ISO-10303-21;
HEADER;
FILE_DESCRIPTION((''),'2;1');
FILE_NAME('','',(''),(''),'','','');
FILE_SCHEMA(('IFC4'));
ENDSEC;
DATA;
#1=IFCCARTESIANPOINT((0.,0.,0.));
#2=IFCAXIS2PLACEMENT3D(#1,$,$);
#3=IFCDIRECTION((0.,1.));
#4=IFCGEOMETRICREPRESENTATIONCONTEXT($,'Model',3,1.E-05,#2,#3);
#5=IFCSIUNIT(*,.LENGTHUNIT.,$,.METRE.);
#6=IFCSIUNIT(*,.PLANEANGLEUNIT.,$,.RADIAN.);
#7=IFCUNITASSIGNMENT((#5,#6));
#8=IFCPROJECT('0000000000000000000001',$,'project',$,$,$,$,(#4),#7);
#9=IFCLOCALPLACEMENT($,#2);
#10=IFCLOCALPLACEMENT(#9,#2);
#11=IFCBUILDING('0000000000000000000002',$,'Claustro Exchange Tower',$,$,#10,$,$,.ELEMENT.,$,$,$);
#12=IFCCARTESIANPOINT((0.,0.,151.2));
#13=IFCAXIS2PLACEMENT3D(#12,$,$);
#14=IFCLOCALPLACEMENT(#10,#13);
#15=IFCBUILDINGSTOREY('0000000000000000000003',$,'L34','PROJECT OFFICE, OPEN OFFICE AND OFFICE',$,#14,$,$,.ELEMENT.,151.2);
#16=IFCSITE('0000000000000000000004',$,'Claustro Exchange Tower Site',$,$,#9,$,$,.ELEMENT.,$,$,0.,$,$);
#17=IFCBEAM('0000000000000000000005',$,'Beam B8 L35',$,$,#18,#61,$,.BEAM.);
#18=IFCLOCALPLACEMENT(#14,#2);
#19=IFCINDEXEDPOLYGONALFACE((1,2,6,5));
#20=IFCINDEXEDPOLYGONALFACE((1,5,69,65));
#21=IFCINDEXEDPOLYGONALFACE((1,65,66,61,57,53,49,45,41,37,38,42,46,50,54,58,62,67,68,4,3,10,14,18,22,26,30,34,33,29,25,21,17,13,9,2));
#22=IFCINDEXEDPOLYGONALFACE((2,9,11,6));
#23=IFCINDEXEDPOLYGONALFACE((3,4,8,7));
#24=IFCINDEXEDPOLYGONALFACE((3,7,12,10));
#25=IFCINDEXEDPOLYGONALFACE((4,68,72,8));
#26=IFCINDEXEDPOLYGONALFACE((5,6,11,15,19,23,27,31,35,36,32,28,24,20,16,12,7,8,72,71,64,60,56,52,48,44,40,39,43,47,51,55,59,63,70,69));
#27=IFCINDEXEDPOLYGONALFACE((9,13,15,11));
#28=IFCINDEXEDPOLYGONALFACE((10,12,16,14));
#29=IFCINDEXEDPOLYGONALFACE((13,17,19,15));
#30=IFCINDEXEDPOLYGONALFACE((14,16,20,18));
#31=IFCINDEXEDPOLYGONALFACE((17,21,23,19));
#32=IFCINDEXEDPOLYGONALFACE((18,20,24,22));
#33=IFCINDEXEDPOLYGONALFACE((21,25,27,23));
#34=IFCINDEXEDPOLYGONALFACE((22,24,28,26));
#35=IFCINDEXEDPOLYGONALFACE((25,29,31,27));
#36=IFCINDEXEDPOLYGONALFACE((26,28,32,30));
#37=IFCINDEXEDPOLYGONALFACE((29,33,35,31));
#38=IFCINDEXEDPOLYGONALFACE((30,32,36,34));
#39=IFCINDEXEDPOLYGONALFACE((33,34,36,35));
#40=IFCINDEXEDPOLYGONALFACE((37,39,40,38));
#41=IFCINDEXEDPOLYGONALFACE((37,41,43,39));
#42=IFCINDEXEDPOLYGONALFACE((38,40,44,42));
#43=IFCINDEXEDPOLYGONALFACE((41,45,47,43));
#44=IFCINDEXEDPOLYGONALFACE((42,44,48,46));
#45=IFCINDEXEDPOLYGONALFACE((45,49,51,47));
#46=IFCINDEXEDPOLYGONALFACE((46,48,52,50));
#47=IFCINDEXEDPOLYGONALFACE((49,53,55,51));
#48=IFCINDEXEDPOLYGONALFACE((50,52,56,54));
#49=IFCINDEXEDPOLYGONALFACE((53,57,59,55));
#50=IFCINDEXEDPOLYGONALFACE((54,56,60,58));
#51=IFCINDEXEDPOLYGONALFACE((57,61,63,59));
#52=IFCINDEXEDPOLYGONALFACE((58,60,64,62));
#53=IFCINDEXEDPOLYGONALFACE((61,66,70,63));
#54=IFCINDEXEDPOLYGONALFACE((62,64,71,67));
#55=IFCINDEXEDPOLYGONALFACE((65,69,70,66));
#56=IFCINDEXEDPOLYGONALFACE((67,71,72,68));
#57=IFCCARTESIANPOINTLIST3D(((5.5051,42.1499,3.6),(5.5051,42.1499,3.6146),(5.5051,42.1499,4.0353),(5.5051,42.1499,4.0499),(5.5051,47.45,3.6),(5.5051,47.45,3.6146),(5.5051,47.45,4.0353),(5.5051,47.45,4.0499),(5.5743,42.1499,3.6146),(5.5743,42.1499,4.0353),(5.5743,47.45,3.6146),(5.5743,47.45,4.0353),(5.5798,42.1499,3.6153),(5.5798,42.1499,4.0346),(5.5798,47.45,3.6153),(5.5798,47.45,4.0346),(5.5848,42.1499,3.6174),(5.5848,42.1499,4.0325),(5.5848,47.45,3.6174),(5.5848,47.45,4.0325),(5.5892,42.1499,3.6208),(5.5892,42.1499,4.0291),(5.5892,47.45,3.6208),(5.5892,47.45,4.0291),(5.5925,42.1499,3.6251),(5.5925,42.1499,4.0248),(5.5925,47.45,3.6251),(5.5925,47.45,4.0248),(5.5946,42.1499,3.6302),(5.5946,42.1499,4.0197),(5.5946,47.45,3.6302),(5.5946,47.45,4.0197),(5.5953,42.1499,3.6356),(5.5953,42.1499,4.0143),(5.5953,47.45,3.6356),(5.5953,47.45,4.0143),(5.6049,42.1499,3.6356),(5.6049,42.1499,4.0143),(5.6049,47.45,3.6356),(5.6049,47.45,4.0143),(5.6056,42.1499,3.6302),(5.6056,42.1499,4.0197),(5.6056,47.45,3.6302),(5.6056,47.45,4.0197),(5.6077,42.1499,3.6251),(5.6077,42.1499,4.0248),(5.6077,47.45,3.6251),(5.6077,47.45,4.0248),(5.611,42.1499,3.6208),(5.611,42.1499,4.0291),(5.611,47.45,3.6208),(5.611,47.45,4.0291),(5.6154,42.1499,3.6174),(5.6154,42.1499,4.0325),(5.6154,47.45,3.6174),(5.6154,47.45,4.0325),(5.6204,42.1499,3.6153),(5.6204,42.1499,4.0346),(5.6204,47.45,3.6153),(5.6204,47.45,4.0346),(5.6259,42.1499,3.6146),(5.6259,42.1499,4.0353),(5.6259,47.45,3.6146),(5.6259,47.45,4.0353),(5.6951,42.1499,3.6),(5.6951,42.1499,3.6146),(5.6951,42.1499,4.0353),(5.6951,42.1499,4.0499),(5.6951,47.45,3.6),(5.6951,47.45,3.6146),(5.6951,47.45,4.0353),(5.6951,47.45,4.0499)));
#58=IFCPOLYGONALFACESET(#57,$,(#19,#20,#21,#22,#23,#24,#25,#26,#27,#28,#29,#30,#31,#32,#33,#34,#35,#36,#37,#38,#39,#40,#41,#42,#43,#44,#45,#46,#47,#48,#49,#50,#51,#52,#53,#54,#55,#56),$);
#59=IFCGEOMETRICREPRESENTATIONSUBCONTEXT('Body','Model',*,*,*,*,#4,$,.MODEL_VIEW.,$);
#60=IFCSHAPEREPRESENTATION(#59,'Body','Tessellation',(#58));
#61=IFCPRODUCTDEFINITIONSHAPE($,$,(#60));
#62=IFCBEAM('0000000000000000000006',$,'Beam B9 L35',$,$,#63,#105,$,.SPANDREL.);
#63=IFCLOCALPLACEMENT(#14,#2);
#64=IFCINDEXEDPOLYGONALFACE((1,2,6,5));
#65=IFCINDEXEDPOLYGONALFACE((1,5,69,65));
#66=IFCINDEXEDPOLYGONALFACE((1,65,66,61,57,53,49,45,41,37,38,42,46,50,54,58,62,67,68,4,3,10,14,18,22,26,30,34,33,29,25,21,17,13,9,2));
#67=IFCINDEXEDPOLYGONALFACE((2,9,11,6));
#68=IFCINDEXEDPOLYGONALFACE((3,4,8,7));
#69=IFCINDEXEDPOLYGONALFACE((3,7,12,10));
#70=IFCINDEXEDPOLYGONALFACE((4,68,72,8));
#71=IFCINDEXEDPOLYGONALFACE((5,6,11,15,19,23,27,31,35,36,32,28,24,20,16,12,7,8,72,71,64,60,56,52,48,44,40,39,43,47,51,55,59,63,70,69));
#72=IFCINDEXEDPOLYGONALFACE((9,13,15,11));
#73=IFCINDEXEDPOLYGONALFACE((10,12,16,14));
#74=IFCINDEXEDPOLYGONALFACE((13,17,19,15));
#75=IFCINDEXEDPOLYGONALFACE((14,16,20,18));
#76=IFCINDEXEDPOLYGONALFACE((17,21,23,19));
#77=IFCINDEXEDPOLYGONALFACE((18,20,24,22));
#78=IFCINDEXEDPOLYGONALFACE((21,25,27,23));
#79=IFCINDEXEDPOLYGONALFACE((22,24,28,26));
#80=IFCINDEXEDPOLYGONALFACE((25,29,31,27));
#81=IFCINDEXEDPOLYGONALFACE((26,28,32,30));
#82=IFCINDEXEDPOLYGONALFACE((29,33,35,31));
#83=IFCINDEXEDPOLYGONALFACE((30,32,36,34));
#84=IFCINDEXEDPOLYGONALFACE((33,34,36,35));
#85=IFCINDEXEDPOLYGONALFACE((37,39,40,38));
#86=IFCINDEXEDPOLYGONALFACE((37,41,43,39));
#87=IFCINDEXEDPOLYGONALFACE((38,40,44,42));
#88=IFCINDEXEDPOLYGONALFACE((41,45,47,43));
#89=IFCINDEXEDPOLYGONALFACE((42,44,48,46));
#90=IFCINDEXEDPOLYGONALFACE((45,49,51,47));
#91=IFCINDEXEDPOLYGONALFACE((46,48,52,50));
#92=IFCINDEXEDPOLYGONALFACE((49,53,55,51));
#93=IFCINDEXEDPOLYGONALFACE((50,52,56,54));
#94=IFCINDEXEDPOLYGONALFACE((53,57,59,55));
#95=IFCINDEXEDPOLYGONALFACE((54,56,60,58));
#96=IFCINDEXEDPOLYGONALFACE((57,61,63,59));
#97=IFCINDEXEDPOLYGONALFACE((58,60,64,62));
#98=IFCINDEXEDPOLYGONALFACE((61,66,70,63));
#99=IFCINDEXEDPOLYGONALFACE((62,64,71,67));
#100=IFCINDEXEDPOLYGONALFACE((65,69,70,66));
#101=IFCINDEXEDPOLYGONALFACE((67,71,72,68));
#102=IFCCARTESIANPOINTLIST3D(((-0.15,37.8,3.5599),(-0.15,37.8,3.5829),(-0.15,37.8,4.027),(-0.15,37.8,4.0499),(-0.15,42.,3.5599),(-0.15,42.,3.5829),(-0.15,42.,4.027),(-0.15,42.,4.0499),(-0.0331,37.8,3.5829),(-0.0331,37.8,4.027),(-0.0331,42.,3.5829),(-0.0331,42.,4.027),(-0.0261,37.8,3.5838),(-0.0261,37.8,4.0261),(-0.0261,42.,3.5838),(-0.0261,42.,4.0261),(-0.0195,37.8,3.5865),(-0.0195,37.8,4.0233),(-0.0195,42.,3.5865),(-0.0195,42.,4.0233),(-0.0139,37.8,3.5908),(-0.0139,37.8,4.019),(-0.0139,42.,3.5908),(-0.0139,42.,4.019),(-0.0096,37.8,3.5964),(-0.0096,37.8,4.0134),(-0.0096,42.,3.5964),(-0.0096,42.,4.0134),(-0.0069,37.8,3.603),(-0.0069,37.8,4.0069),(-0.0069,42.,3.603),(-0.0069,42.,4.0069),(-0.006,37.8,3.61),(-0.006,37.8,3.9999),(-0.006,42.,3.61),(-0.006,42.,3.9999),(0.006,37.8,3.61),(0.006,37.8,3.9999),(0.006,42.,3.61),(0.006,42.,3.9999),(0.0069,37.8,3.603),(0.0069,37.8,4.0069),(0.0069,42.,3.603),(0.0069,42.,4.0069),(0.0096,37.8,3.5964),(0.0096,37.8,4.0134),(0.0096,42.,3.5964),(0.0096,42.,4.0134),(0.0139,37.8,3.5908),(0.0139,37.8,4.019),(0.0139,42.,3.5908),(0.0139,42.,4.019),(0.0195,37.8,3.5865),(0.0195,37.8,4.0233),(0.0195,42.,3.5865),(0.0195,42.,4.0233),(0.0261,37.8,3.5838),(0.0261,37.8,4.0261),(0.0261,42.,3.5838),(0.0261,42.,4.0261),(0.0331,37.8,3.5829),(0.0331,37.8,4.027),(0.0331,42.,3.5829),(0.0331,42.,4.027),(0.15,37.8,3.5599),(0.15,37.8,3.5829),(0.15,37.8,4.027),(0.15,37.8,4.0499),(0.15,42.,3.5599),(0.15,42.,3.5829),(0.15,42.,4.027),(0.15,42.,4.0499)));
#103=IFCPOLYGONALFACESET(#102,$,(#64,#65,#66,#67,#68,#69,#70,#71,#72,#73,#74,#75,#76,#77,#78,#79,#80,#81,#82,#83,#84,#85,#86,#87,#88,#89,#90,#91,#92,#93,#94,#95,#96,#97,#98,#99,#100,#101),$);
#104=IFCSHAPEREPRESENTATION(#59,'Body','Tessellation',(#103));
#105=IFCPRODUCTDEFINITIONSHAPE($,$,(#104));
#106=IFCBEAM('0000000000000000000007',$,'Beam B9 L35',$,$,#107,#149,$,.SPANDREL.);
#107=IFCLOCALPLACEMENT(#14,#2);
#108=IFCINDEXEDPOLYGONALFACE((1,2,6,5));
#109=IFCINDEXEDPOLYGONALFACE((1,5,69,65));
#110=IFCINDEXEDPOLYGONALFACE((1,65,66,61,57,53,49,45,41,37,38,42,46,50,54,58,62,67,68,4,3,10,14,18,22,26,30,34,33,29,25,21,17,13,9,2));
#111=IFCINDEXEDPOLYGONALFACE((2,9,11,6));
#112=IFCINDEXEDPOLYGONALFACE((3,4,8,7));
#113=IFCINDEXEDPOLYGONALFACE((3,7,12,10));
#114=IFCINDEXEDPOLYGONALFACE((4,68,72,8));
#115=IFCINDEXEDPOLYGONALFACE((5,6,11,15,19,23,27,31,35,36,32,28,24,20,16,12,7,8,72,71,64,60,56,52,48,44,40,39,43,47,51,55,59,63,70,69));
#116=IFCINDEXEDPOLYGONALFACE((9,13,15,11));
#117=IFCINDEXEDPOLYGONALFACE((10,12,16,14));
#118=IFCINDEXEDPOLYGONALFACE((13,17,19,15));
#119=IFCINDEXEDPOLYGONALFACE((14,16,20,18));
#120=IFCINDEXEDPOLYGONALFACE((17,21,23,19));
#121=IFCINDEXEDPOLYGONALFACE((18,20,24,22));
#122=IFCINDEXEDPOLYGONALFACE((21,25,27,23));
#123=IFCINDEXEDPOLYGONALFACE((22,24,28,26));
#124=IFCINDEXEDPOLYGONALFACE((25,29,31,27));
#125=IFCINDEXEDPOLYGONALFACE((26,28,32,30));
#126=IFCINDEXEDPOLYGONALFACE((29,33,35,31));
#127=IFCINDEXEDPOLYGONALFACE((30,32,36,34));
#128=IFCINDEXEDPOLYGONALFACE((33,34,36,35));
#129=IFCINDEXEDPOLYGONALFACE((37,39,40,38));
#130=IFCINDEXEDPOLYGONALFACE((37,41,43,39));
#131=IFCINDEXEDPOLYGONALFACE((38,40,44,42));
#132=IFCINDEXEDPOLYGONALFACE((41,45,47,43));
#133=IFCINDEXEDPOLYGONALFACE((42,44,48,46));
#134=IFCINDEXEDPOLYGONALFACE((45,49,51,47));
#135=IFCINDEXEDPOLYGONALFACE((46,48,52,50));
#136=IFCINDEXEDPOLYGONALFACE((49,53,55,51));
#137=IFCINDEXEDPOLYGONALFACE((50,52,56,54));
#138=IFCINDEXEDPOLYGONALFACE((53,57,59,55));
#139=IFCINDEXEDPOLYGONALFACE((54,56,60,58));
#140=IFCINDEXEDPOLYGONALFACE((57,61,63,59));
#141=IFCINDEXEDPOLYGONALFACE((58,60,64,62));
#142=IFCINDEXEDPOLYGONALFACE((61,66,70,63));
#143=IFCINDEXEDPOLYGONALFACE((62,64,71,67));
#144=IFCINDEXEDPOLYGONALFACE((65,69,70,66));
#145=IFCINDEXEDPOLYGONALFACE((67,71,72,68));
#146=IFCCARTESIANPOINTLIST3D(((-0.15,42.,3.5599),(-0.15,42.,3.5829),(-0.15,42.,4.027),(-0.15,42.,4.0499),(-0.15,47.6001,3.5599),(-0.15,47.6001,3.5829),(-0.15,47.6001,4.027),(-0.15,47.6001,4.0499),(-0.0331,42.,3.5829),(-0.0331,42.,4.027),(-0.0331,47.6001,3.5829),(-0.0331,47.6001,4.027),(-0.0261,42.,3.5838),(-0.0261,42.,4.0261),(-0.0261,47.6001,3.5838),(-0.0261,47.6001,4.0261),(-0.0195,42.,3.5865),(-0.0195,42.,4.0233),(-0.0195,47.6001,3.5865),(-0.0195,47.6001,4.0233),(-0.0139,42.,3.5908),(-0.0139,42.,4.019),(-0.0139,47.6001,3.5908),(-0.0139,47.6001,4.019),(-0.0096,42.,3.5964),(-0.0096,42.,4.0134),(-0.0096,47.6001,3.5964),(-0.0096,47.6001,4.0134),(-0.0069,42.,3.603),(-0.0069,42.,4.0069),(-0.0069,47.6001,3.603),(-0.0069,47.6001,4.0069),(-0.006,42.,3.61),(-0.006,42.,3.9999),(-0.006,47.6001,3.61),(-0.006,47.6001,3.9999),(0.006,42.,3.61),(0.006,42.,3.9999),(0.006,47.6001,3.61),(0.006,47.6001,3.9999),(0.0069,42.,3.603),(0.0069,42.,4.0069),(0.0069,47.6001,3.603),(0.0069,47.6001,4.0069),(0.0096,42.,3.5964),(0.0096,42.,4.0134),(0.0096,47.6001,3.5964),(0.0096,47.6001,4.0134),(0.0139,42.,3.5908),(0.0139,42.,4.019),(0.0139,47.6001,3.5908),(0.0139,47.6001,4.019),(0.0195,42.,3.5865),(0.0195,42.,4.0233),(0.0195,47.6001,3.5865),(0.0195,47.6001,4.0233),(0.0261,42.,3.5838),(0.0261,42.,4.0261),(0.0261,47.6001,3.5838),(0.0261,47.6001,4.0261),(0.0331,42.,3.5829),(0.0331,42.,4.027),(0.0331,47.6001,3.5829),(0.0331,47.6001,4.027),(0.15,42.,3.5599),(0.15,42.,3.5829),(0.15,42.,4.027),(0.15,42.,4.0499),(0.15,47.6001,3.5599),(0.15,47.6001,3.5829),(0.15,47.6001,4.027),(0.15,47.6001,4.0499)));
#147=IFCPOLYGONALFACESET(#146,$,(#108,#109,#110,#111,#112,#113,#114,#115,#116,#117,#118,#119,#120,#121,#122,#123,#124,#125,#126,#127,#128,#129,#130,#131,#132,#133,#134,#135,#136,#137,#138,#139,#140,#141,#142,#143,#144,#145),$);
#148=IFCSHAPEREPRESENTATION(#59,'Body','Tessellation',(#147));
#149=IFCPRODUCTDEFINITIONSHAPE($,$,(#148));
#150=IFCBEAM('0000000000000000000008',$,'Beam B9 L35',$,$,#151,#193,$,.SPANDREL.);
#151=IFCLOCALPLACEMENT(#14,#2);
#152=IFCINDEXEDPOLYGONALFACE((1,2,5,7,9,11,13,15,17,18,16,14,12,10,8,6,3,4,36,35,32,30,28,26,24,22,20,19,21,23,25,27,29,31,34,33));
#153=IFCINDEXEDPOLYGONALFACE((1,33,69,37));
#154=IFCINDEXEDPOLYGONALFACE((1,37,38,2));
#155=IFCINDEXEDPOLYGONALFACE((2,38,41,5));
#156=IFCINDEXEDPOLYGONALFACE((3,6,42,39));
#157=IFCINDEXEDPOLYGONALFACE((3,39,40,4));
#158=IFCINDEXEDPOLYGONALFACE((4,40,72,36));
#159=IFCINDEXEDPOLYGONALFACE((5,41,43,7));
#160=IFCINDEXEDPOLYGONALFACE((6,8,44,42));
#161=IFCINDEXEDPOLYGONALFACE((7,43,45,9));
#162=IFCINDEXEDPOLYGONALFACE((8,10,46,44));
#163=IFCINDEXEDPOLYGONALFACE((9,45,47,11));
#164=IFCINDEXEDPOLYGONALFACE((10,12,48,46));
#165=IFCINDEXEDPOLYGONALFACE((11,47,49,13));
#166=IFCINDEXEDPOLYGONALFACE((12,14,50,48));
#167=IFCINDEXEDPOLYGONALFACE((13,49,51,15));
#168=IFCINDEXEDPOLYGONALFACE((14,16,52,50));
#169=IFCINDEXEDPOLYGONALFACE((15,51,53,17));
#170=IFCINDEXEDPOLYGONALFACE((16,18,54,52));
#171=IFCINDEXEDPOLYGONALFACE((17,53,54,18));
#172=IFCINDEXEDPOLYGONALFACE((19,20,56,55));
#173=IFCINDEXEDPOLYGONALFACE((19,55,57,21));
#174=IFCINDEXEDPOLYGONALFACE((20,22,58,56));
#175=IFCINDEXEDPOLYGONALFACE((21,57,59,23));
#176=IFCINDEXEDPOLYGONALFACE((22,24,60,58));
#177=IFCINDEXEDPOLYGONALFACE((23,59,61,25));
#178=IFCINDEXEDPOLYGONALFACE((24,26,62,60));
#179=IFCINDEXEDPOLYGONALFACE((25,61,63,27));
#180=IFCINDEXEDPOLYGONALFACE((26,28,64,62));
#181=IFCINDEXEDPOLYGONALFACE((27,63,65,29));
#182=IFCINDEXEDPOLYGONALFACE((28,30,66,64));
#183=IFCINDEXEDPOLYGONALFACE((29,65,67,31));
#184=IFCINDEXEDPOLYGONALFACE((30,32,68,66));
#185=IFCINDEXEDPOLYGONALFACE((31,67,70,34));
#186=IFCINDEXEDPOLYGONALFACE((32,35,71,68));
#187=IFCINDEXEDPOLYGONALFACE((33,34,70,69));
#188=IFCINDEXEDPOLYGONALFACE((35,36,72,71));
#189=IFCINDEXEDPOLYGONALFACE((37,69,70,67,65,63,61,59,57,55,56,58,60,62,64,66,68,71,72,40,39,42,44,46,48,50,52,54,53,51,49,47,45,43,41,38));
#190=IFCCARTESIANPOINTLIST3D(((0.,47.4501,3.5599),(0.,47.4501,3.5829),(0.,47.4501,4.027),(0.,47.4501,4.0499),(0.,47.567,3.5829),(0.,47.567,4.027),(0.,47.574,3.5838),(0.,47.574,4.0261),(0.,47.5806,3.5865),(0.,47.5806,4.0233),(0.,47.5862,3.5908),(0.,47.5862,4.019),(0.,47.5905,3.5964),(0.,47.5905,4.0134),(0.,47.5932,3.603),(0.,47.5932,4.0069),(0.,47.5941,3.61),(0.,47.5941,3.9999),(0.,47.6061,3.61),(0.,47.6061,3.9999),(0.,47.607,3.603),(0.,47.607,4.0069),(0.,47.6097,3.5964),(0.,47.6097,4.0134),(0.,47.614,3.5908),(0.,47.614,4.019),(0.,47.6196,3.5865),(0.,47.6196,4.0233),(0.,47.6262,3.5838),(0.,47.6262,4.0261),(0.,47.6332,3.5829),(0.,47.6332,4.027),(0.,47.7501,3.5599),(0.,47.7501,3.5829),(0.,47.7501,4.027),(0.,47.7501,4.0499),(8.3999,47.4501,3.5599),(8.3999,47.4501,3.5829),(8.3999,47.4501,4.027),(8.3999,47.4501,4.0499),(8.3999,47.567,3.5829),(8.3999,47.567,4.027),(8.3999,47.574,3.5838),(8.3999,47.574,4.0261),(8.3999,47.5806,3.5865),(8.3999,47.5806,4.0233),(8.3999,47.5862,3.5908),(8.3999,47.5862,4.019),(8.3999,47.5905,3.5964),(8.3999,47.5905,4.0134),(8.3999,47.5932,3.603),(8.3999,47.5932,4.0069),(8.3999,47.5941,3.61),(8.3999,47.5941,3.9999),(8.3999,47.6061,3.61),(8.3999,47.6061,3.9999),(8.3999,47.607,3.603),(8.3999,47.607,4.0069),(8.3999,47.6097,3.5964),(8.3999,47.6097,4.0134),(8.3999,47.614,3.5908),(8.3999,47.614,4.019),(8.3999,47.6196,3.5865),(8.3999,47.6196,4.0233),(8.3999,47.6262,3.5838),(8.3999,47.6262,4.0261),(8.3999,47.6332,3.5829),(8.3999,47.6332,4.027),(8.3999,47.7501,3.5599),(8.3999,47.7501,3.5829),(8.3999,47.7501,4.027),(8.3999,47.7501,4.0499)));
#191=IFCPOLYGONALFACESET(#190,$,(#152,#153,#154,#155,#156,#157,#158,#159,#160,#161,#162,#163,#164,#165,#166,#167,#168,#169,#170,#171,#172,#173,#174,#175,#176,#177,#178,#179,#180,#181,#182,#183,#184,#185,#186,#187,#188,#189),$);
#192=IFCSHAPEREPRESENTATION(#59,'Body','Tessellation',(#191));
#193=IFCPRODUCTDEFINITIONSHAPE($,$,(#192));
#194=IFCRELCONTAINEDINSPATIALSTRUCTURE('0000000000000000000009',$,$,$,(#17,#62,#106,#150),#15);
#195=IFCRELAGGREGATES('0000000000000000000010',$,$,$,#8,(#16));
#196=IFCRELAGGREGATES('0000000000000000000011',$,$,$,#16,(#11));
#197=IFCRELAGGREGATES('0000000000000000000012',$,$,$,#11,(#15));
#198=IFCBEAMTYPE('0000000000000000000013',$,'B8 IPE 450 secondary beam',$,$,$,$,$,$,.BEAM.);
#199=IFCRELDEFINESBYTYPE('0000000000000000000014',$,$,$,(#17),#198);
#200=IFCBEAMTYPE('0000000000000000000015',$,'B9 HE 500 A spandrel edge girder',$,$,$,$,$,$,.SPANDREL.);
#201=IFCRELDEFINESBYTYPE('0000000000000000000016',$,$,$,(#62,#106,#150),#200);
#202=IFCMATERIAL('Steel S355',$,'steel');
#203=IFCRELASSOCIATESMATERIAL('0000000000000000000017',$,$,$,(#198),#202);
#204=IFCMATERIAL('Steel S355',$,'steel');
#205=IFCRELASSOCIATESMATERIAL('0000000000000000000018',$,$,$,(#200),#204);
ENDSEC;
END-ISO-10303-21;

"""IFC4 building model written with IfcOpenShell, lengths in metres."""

from ifc_helpers import new_model, si_unit, direction, frame, origin, origin_2d, place, context, subcontext, project, spatial, i_section, extrude, material, material_profile, profile_set, type_object, element, save


model = new_model("IFC4")

# Units and contexts
model_context = context("Model", 3, precision=1e-05, world=origin(), true_north=direction((0.0, 1.0)))
body_context = subcontext(model_context, "Body", "Model", "MODEL_VIEW")
ifc_project = project(units=[si_unit("LENGTHUNIT", "METRE"), si_unit("PLANEANGLEUNIT", "RADIAN")], contexts=[model_context])

# Site, building, storey
site_placement = place(None, origin())
site = spatial("IfcSite", under=ifc_project, at=site_placement, Name="Claustro Exchange Tower Site", CompositionType="ELEMENT", RefElevation=0.0)
building_placement = place(site_placement, origin())
building = spatial("IfcBuilding", under=site, at=building_placement, Name="Claustro Exchange Tower", CompositionType="ELEMENT")
storey_placement = place(building_placement, frame((0.0, 0.0, 151.2)))
storey = spatial("IfcBuildingStorey", under=building, at=storey_placement, Name="L34", Description="PROJECT OFFICE, OPEN OFFICE AND OFFICE", CompositionType="ELEMENT", Elevation=151.2)

# Beams
ifc_material_1 = material(Name="Steel S355", Category="steel")
ifc_material_profile_1 = material_profile(ifc_material_1, i_section(OverallWidth=0.1899, OverallDepth=0.45, WebThickness=0.0095, FlangeThickness=0.0146, FilletRadius=0.021, at=origin_2d()), Name="IPE 450")
ifc_profile_set_1 = profile_set([ifc_material_profile_1], Name="Steel S355")
beam_type_1 = type_object("IfcBeamType", Name="B8 IPE 450 secondary beam", PredefinedType="BEAM", material=ifc_profile_set_1)
for number, where, z_axis, x_axis, name in (
    (1, (5.6001, 42.1499, 3.825), (0.0, 1.0, 0.0), (-1.0, 0.0, 0.0), "Beam B8 L35"),
):
    element("IfcBeam", number, at=place(storey_placement, frame(where, z_axis=z_axis, x_axis=x_axis)), inside=storey, type_object=beam_type_1, Name=name, PredefinedType="BEAM", context=body_context, shape_type="SweptSolid", body=[
        extrude(i_section(OverallWidth=0.1899, OverallDepth=0.45, WebThickness=0.0095, FlangeThickness=0.0146, FilletRadius=0.021, at=origin_2d()), origin(), (0.0, 0.0, 1.0), 5.3),
    ])
ifc_material_2 = material(Name="Steel S355", Category="steel")
ifc_material_profile_2 = material_profile(ifc_material_2, i_section(OverallWidth=0.3, OverallDepth=0.49, WebThickness=0.012, FlangeThickness=0.0229, FilletRadius=0.0271, at=origin_2d()), Name="HE 500 A")
ifc_profile_set_2 = profile_set([ifc_material_profile_2], Name="Steel S355")
beam_type_2 = type_object("IfcBeamType", Name="B9 HE 500 A spandrel edge girder", PredefinedType="SPANDREL", material=ifc_profile_set_2)
beam_1_placement = place(storey_placement, frame((0.0, 37.8, 3.8049), z_axis=(0.0, 1.0, 0.0), x_axis=(-1.0, 0.0, 0.0)))
element("IfcBeam", 2, at=beam_1_placement, inside=storey, type_object=beam_type_2, Name="Beam B9 L35", PredefinedType="SPANDREL", context=body_context, shape_type="SweptSolid", body=[
    extrude(i_section(OverallWidth=0.3, OverallDepth=0.49, WebThickness=0.012, FlangeThickness=0.0229, FilletRadius=0.0271, at=origin_2d()), origin(), (0.0, 0.0, 1.0), 4.2),
])
beam_2_placement = place(storey_placement, frame((0.0, 42.0, 3.8049), z_axis=(0.0, 1.0, 0.0), x_axis=(-1.0, 0.0, 0.0)))
element("IfcBeam", 3, at=beam_2_placement, inside=storey, type_object=beam_type_2, Name="Beam B9 L35", PredefinedType="SPANDREL", context=body_context, shape_type="SweptSolid", body=[
    extrude(i_section(OverallWidth=0.3, OverallDepth=0.49, WebThickness=0.012, FlangeThickness=0.0229, FilletRadius=0.0271, at=origin_2d()), origin(), (0.0, 0.0, 1.0), 5.6001),
])
beam_3_placement = place(storey_placement, frame((0.0, 47.6001, 3.8049), z_axis=(1.0, 0.0, 0.0), x_axis=(0.0, 1.0, 0.0)))
element("IfcBeam", 4, at=beam_3_placement, inside=storey, type_object=beam_type_2, Name="Beam B9 L35", PredefinedType="SPANDREL", context=body_context, shape_type="SweptSolid", body=[
    extrude(i_section(OverallWidth=0.3, OverallDepth=0.49, WebThickness=0.012, FlangeThickness=0.0229, FilletRadius=0.0271, at=origin_2d()), origin(), (0.0, 0.0, 1.0), 8.3999),
])

save(model, "model.ifc")
